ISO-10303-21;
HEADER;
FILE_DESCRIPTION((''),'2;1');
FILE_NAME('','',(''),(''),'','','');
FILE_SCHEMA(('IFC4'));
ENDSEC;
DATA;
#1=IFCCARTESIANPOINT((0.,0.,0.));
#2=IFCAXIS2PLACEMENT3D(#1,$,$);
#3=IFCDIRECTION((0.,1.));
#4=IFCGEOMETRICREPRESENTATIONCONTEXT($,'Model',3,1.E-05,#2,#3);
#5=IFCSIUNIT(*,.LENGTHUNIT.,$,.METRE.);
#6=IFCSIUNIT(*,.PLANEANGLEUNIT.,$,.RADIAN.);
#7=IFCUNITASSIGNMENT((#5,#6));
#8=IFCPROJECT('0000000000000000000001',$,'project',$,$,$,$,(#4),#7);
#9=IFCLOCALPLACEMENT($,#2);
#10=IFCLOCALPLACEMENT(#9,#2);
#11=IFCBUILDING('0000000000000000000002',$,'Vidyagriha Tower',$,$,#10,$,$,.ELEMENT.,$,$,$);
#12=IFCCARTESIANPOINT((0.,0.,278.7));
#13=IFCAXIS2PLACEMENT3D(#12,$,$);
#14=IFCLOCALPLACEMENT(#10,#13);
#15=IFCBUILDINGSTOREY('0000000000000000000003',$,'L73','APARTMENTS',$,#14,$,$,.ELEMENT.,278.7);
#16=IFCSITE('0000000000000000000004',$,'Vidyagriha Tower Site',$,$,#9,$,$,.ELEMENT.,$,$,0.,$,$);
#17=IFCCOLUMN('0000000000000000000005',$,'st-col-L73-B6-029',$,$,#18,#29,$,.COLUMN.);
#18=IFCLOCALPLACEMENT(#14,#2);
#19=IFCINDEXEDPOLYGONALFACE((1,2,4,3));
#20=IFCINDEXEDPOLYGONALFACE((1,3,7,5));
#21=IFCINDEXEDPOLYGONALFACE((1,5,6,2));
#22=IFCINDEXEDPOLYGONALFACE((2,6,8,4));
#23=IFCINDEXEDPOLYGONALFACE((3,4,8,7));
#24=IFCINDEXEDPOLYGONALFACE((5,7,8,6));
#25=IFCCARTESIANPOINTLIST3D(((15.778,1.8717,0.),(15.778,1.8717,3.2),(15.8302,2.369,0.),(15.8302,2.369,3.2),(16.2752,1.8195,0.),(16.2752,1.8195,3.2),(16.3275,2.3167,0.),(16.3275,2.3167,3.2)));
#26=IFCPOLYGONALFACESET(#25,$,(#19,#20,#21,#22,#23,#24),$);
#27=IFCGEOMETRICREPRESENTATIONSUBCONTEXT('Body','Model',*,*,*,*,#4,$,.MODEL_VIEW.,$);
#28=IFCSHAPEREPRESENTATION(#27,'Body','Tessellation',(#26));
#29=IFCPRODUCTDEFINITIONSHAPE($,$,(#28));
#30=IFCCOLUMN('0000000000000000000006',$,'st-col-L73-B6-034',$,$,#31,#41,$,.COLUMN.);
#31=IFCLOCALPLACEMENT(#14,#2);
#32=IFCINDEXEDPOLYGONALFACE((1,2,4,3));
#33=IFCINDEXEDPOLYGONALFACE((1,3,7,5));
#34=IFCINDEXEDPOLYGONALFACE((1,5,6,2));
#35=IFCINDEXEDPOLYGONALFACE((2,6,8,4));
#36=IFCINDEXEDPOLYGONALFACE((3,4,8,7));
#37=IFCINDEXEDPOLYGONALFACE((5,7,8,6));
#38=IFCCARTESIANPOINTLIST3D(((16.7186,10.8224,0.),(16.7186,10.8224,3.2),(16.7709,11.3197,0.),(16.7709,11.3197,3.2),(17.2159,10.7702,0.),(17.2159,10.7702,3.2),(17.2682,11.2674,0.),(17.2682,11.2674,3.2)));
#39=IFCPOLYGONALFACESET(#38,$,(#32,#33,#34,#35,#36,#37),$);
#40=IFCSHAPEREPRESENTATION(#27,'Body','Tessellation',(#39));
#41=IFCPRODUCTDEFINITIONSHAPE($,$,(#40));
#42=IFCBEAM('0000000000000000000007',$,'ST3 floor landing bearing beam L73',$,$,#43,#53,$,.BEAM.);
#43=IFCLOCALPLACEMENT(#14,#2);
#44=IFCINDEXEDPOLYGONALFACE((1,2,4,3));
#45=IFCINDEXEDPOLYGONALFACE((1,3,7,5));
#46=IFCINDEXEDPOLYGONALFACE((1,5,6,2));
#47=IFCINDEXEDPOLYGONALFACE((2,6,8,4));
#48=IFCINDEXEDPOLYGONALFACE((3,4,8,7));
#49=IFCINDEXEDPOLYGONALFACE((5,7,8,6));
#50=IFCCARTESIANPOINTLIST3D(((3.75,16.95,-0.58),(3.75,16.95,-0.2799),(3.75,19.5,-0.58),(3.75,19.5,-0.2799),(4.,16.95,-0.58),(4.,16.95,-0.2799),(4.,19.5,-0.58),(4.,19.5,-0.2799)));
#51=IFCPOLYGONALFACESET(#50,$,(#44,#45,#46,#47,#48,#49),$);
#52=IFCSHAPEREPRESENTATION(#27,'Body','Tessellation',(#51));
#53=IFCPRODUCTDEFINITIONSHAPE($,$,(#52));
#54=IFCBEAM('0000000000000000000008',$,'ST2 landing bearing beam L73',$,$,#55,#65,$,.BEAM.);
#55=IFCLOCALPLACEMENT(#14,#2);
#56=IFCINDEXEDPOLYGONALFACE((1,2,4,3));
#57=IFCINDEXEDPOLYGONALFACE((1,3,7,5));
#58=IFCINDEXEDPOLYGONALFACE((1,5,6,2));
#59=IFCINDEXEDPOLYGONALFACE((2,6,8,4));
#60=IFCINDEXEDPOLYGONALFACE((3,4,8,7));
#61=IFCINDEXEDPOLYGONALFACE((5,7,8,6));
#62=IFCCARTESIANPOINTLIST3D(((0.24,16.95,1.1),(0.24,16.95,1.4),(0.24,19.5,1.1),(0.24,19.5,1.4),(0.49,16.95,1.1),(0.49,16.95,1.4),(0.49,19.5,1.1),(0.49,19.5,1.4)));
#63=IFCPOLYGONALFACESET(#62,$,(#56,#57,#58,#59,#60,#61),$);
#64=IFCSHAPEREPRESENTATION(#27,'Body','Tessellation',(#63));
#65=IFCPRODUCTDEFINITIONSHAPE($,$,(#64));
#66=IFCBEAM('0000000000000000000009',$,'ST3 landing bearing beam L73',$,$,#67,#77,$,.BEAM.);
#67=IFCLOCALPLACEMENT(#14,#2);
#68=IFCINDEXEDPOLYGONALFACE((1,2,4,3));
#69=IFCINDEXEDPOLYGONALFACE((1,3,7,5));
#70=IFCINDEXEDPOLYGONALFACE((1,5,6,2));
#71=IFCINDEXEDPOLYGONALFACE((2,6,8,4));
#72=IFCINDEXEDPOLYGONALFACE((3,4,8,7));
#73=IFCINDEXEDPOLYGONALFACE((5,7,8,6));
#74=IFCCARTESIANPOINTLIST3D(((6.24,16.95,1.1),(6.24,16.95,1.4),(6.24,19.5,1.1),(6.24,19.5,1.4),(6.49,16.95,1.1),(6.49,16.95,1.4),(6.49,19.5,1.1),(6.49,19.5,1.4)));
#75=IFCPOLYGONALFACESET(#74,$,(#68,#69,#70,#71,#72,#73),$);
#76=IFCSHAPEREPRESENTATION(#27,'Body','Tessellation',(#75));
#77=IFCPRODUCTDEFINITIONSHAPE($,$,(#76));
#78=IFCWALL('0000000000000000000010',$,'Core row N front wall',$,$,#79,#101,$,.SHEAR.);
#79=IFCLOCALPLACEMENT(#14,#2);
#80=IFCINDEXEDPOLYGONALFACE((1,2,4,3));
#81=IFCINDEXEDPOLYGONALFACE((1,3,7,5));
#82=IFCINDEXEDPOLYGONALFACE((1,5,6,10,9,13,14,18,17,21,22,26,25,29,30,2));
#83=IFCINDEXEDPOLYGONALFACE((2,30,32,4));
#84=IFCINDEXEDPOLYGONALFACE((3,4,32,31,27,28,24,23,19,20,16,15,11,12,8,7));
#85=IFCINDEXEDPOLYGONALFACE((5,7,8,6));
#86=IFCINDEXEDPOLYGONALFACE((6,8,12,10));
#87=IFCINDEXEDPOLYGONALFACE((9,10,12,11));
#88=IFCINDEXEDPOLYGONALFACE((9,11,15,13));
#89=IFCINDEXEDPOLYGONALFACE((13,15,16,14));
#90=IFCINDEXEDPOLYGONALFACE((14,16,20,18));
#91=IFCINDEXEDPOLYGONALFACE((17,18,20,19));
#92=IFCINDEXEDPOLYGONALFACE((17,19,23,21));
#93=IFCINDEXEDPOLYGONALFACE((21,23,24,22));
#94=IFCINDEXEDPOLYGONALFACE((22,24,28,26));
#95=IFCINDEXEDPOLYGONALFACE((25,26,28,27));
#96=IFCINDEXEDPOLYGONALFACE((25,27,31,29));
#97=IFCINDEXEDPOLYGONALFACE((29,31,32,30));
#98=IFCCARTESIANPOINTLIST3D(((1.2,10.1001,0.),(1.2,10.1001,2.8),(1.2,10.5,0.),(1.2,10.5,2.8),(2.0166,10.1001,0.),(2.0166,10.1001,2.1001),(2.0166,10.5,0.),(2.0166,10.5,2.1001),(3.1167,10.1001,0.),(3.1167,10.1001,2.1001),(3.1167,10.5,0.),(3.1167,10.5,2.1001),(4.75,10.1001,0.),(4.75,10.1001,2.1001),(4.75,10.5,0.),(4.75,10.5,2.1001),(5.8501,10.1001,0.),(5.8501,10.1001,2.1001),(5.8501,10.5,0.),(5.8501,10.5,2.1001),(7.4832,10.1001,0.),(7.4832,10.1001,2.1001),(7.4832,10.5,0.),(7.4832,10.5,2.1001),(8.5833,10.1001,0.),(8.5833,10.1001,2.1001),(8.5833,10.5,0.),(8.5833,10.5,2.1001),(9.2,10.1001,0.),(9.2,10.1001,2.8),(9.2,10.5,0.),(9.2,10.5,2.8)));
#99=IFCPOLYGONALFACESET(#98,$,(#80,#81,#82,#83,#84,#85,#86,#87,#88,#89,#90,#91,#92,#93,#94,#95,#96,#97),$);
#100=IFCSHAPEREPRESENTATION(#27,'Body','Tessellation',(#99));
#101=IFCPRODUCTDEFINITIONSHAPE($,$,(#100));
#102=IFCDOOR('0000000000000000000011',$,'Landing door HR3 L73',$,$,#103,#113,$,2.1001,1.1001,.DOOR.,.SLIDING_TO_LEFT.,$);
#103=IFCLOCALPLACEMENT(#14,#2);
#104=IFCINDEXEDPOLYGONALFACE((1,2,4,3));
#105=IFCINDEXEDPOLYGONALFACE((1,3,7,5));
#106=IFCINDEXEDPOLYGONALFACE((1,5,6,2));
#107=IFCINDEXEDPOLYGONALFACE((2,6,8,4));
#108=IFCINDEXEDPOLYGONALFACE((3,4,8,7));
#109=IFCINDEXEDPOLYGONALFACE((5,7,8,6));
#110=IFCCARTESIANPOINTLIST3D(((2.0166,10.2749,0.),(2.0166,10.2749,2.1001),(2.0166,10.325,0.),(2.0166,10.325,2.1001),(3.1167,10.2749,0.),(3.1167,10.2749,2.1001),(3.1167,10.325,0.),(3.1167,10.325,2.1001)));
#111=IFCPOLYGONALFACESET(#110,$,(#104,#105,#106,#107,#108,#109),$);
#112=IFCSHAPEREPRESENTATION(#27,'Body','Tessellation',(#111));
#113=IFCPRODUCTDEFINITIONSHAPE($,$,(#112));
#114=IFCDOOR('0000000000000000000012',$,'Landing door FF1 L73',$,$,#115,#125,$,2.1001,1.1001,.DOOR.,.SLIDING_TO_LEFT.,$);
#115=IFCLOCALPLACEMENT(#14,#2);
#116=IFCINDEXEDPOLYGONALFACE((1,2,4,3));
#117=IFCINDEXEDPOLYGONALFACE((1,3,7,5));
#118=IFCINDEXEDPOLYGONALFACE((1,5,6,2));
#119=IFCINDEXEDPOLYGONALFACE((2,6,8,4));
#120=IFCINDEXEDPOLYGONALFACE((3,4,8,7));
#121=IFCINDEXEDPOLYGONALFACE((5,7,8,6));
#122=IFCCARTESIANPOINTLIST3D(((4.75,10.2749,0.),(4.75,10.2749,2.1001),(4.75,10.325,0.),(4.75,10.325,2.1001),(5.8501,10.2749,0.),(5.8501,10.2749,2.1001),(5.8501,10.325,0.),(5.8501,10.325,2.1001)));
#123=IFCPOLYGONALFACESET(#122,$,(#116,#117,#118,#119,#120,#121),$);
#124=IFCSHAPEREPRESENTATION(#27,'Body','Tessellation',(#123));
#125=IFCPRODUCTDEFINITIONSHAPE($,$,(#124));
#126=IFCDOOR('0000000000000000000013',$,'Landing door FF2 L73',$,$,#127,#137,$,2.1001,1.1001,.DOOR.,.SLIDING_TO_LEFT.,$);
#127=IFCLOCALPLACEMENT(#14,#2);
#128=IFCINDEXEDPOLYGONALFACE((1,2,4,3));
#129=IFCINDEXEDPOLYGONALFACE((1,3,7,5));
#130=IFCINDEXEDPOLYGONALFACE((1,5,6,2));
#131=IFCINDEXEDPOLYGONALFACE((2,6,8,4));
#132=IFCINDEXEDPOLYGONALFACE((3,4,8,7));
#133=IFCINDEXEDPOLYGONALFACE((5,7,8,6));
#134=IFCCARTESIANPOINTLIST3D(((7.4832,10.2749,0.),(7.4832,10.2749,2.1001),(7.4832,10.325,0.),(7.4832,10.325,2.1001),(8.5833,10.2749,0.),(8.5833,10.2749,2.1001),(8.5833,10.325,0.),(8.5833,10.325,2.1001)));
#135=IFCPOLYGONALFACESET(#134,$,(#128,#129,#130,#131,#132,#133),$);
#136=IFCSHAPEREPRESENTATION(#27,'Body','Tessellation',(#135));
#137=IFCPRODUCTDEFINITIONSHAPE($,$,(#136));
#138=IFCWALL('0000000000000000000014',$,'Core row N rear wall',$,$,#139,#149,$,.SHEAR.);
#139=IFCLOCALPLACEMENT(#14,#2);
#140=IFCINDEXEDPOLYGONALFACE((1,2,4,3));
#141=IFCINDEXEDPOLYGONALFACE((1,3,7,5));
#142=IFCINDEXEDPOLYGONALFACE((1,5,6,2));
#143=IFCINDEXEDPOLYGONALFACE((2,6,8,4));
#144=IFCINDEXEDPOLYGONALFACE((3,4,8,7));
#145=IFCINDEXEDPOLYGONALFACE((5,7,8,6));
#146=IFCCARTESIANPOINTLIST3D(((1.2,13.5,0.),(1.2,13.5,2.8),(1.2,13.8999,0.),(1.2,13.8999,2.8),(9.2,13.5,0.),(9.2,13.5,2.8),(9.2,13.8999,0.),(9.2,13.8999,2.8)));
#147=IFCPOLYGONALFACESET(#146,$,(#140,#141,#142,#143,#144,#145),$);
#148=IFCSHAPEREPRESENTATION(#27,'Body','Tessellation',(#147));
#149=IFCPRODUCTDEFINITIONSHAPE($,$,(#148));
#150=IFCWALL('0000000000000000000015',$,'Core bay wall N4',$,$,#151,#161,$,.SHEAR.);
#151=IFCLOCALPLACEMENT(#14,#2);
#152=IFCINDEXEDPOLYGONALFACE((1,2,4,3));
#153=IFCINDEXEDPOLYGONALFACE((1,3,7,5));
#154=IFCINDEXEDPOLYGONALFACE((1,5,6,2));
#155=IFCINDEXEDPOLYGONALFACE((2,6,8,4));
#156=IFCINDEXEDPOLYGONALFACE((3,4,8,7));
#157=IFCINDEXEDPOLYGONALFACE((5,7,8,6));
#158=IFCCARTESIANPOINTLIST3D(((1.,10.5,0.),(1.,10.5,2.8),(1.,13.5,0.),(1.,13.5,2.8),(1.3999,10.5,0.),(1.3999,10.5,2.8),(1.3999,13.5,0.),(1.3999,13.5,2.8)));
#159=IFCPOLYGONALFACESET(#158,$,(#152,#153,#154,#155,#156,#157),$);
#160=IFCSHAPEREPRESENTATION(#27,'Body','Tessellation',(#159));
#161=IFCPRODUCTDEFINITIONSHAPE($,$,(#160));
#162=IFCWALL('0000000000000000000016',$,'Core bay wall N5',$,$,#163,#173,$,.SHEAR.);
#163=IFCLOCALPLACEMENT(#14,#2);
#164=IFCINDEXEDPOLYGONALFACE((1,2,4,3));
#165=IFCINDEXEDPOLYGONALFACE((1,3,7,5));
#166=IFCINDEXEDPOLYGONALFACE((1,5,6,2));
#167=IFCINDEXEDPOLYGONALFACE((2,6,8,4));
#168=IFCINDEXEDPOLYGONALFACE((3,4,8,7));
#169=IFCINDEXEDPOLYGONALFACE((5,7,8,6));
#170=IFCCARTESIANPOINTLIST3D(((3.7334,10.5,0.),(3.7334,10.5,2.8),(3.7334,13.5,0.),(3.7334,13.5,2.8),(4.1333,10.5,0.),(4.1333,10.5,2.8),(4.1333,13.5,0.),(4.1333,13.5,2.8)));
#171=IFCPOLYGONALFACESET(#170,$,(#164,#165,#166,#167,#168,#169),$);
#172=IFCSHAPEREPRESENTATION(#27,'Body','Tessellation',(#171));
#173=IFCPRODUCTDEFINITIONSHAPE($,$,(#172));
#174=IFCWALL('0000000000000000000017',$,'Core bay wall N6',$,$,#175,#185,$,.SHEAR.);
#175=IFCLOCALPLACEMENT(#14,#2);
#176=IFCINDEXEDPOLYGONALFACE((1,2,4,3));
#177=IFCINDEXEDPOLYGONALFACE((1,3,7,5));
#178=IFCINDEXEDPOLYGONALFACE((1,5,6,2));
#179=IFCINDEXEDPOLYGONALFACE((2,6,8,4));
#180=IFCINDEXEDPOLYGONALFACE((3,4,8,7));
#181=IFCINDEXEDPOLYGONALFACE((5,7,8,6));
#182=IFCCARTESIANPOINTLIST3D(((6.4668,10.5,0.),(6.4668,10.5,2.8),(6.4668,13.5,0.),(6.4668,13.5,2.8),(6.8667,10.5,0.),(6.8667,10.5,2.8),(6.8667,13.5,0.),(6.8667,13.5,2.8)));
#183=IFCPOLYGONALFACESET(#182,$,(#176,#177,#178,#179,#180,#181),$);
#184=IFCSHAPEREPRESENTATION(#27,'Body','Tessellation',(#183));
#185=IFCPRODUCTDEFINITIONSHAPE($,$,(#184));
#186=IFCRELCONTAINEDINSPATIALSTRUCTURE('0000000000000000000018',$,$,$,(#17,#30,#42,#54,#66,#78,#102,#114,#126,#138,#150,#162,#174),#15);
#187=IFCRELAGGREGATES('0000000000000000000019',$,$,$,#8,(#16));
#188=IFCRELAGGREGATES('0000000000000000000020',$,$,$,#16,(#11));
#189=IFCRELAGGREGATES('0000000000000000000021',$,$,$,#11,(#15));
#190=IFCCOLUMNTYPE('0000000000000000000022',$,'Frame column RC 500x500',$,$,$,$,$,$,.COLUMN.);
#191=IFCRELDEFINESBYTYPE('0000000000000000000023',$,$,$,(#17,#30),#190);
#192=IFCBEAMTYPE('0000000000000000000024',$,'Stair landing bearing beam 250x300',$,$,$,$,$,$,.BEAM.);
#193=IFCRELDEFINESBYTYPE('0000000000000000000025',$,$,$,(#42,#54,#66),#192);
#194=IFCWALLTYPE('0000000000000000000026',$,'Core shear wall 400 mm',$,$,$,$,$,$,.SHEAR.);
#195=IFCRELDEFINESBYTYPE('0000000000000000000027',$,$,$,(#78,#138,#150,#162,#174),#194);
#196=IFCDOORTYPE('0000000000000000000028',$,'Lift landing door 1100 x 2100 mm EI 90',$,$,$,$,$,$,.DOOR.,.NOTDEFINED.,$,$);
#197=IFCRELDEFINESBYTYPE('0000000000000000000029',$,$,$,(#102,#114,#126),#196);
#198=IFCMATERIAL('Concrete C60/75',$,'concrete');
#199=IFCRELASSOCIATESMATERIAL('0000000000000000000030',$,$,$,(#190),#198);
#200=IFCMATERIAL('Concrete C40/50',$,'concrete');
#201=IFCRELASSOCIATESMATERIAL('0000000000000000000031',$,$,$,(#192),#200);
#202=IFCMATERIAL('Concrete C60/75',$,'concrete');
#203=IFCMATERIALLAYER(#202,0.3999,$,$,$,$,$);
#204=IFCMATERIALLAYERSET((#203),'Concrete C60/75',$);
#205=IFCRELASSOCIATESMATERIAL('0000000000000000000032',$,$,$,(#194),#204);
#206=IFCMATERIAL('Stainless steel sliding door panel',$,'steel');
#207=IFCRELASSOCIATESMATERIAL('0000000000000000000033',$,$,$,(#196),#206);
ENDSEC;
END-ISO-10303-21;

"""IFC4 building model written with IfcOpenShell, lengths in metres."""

from ifc_helpers import new_model, si_unit, direction, frame, frame_2d, origin, origin_2d, place, context, subcontext, project, spatial, rectangle, extrude, material, layer, layer_set, material_profile, profile_set, type_object, element, fill, save


model = new_model("IFC4")

# Units and contexts
model_context = context("Model", 3, precision=1e-05, world=origin(), true_north=direction((0.0, 1.0)))
body_context = subcontext(model_context, "Body", "Model", "MODEL_VIEW")
ifc_project = project(units=[si_unit("LENGTHUNIT", "METRE"), si_unit("PLANEANGLEUNIT", "RADIAN")], contexts=[model_context])

# Site, building, storey
site_placement = place(None, origin())
site = spatial("IfcSite", under=ifc_project, at=site_placement, Name="Vidyagriha Tower Site", CompositionType="ELEMENT", RefElevation=0.0)
building_placement = place(site_placement, origin())
building = spatial("IfcBuilding", under=site, at=building_placement, Name="Vidyagriha Tower", CompositionType="ELEMENT")
storey_placement = place(building_placement, frame((0.0, 0.0, 278.7)))
storey = spatial("IfcBuildingStorey", under=building, at=storey_placement, Name="L73", Description="APARTMENTS", CompositionType="ELEMENT", Elevation=278.7)

# Columns
ifc_material_1 = material(Name="Concrete C60/75", Category="concrete")
ifc_material_profile_1 = material_profile(ifc_material_1, rectangle(XDim=0.5, YDim=0.5, at=origin_2d()), Name="RC 500x500")
ifc_profile_set_1 = profile_set([ifc_material_profile_1], Name="Concrete C60/75")
column_type = type_object("IfcColumnType", Name="Frame column RC 500x500", PredefinedType="COLUMN", material=ifc_profile_set_1)
for number, where, z_axis, x_axis, name in (
    (1, (16.0527, 2.0942, 0.0), (0.0, 0.0, 1.0), (0.994522, -0.104528, 0.0), "st-col-L73-B6-029"),
    (2, (16.9934, 11.0449, 0.0), (0.0, 0.0, 1.0), (0.994522, -0.104528, 0.0), "st-col-L73-B6-034"),
):
    element("IfcColumn", number, at=place(storey_placement, frame(where, z_axis=z_axis, x_axis=x_axis)), inside=storey, type_object=column_type, Name=name, PredefinedType="COLUMN", context=body_context, shape_type="SweptSolid", body=[
        extrude(rectangle(XDim=0.5, YDim=0.5, at=origin_2d()), origin(), (0.0, 0.0, 1.0), 3.2),
    ])

# Beams
ifc_material_2 = material(Name="Concrete C40/50", Category="concrete")
ifc_material_profile_2 = material_profile(ifc_material_2, rectangle(XDim=0.25, YDim=0.3, at=origin_2d()), Name="Stair landing bearing beam 250x300")
ifc_profile_set_2 = profile_set([ifc_material_profile_2], Name="Concrete C40/50")
beam_type = type_object("IfcBeamType", Name="Stair landing bearing beam 250x300", PredefinedType="BEAM", material=ifc_profile_set_2)
for number, where, z_axis, x_axis, name in (
    (3, (3.875, 16.95, -0.4299), (0.0, 1.0, 0.0), (-1.0, 0.0, 0.0), "ST3 floor landing bearing beam L73"),
    (4, (0.365, 16.95, 1.25), (0.0, 1.0, 0.0), (-1.0, 0.0, 0.0), "ST2 landing bearing beam L73"),
    (5, (6.365, 16.95, 1.25), (0.0, 1.0, 0.0), (-1.0, 0.0, 0.0), "ST3 landing bearing beam L73"),
):
    element("IfcBeam", number, at=place(storey_placement, frame(where, z_axis=z_axis, x_axis=x_axis)), inside=storey, type_object=beam_type, Name=name, PredefinedType="BEAM", context=body_context, shape_type="SweptSolid", body=[
        extrude(rectangle(XDim=0.25, YDim=0.3, at=origin_2d()), origin(), (0.0, 0.0, 1.0), 2.55),
    ])

# Wall, openings, doors
ifc_material_3 = material(Name="Concrete C60/75", Category="concrete")
ifc_layer_1 = layer(ifc_material_3, 0.3999)
ifc_layer_set_1 = layer_set([ifc_layer_1], Name="Concrete C60/75")
wall_type_1 = type_object("IfcWallType", Name="Core shear wall 400 mm", PredefinedType="SHEAR", material=ifc_layer_set_1)
wall_1_placement = place(storey_placement, frame((1.2, 10.3, 0.0)))
wall_1 = element("IfcWall", 6, at=wall_1_placement, inside=storey, type_object=wall_type_1, Name="Core row N front wall", PredefinedType="SHEAR", context=body_context, shape_type="SweptSolid", body=[
    extrude(rectangle(XDim=8.0, YDim=0.3999, at=frame_2d((4.0, 0.0))), origin(), (0.0, 0.0, 1.0), 2.8),
])
opening_1_placement = place(wall_1_placement, frame((0.8167, 0.0, 0.0)))
opening_1 = element("IfcOpeningElement", 7, at=opening_1_placement, cuts=wall_1, PredefinedType="OPENING", context=body_context, shape_type="SweptSolid", body=[
    extrude(rectangle(XDim=1.1001, YDim=2.1001, at=frame_2d((0.55, 1.05))), frame((0.0, 0.21, 0.0), z_axis=(0.0, -1.0, 0.0), x_axis=(1.0, 0.0, 0.0)), (0.0, 0.0, 1.0), 0.4199),
])
opening_2_placement = place(wall_1_placement, frame((3.55, 0.0, 0.0)))
opening_2 = element("IfcOpeningElement", 8, at=opening_2_placement, cuts=wall_1, PredefinedType="OPENING", context=body_context, shape_type="SweptSolid", body=[
    extrude(rectangle(XDim=1.1001, YDim=2.1001, at=frame_2d((0.55, 1.05))), frame((0.0, 0.21, 0.0), z_axis=(0.0, -1.0, 0.0), x_axis=(1.0, 0.0, 0.0)), (0.0, 0.0, 1.0), 0.4199),
])
opening_3_placement = place(wall_1_placement, frame((6.2832, 0.0, 0.0)))
opening_3 = element("IfcOpeningElement", 9, at=opening_3_placement, cuts=wall_1, PredefinedType="OPENING", context=body_context, shape_type="SweptSolid", body=[
    extrude(rectangle(XDim=1.1001, YDim=2.1001, at=frame_2d((0.55, 1.05))), frame((0.0, 0.21, 0.0), z_axis=(0.0, -1.0, 0.0), x_axis=(1.0, 0.0, 0.0)), (0.0, 0.0, 1.0), 0.4199),
])
ifc_material_4 = material(Name="Stainless steel sliding door panel", Category="steel")
door_type_1 = type_object("IfcDoorType", Name="Lift landing door 1100 x 2100 mm EI 90", OperationType="NOTDEFINED", PredefinedType="DOOR", material=ifc_material_4)
door_1_placement = place(opening_1_placement, origin())
door_1 = element("IfcDoor", 10, at=door_1_placement, inside=storey, type_object=door_type_1, Name="Landing door HR3 L73", OperationType="SLIDING_TO_LEFT", OverallHeight=2.1001, OverallWidth=1.1001, PredefinedType="DOOR", context=body_context, shape_type="SweptSolid", body=[
    extrude(rectangle(XDim=1.1001, YDim=2.1001, at=frame_2d((0.55, 1.05))), frame((0.0, 0.0249, 0.0), z_axis=(0.0, -1.0, 0.0), x_axis=(1.0, 0.0, 0.0)), (0.0, 0.0, 1.0), 0.05),
])
fill(opening_1, door_1)
door_2_placement = place(opening_2_placement, origin())
door_2 = element("IfcDoor", 11, at=door_2_placement, inside=storey, type_object=door_type_1, Name="Landing door FF1 L73", OperationType="SLIDING_TO_LEFT", OverallHeight=2.1001, OverallWidth=1.1001, PredefinedType="DOOR", context=body_context, shape_type="SweptSolid", body=[
    extrude(rectangle(XDim=1.1001, YDim=2.1001, at=frame_2d((0.55, 1.05))), frame((0.0, 0.0249, 0.0), z_axis=(0.0, -1.0, 0.0), x_axis=(1.0, 0.0, 0.0)), (0.0, 0.0, 1.0), 0.05),
])
fill(opening_2, door_2)
door_3_placement = place(opening_3_placement, origin())
door_3 = element("IfcDoor", 12, at=door_3_placement, inside=storey, type_object=door_type_1, Name="Landing door FF2 L73", OperationType="SLIDING_TO_LEFT", OverallHeight=2.1001, OverallWidth=1.1001, PredefinedType="DOOR", context=body_context, shape_type="SweptSolid", body=[
    extrude(rectangle(XDim=1.1001, YDim=2.1001, at=frame_2d((0.55, 1.05))), frame((0.0, 0.0249, 0.0), z_axis=(0.0, -1.0, 0.0), x_axis=(1.0, 0.0, 0.0)), (0.0, 0.0, 1.0), 0.05),
])
fill(opening_3, door_3)

# Walls
wall_2_placement = place(storey_placement, frame((1.2, 13.7, 0.0)))
element("IfcWall", 13, at=wall_2_placement, inside=storey, type_object=wall_type_1, Name="Core row N rear wall", PredefinedType="SHEAR", context=body_context, shape_type="SweptSolid", body=[
    extrude(rectangle(XDim=8.0, YDim=0.3999, at=frame_2d((4.0, 0.0))), origin(), (0.0, 0.0, 1.0), 2.8),
])
for number, where, z_axis, x_axis, name in (
    (14, (1.2, 10.5, 0.0), (0.0, 0.0, 1.0), (0.0, 1.0, 0.0), "Core bay wall N4"),
    (15, (3.9333, 10.5, 0.0), (0.0, 0.0, 1.0), (0.0, 1.0, 0.0), "Core bay wall N5"),
    (16, (6.6667, 10.5, 0.0), (0.0, 0.0, 1.0), (0.0, 1.0, 0.0), "Core bay wall N6"),
):
    element("IfcWall", number, at=place(storey_placement, frame(where, z_axis=z_axis, x_axis=x_axis)), inside=storey, type_object=wall_type_1, Name=name, PredefinedType="SHEAR", context=body_context, shape_type="SweptSolid", body=[
        extrude(rectangle(XDim=3.0, YDim=0.3999, at=frame_2d((1.5, 0.0))), origin(), (0.0, 0.0, 1.0), 2.8),
    ])

save(model, "model.ifc")
